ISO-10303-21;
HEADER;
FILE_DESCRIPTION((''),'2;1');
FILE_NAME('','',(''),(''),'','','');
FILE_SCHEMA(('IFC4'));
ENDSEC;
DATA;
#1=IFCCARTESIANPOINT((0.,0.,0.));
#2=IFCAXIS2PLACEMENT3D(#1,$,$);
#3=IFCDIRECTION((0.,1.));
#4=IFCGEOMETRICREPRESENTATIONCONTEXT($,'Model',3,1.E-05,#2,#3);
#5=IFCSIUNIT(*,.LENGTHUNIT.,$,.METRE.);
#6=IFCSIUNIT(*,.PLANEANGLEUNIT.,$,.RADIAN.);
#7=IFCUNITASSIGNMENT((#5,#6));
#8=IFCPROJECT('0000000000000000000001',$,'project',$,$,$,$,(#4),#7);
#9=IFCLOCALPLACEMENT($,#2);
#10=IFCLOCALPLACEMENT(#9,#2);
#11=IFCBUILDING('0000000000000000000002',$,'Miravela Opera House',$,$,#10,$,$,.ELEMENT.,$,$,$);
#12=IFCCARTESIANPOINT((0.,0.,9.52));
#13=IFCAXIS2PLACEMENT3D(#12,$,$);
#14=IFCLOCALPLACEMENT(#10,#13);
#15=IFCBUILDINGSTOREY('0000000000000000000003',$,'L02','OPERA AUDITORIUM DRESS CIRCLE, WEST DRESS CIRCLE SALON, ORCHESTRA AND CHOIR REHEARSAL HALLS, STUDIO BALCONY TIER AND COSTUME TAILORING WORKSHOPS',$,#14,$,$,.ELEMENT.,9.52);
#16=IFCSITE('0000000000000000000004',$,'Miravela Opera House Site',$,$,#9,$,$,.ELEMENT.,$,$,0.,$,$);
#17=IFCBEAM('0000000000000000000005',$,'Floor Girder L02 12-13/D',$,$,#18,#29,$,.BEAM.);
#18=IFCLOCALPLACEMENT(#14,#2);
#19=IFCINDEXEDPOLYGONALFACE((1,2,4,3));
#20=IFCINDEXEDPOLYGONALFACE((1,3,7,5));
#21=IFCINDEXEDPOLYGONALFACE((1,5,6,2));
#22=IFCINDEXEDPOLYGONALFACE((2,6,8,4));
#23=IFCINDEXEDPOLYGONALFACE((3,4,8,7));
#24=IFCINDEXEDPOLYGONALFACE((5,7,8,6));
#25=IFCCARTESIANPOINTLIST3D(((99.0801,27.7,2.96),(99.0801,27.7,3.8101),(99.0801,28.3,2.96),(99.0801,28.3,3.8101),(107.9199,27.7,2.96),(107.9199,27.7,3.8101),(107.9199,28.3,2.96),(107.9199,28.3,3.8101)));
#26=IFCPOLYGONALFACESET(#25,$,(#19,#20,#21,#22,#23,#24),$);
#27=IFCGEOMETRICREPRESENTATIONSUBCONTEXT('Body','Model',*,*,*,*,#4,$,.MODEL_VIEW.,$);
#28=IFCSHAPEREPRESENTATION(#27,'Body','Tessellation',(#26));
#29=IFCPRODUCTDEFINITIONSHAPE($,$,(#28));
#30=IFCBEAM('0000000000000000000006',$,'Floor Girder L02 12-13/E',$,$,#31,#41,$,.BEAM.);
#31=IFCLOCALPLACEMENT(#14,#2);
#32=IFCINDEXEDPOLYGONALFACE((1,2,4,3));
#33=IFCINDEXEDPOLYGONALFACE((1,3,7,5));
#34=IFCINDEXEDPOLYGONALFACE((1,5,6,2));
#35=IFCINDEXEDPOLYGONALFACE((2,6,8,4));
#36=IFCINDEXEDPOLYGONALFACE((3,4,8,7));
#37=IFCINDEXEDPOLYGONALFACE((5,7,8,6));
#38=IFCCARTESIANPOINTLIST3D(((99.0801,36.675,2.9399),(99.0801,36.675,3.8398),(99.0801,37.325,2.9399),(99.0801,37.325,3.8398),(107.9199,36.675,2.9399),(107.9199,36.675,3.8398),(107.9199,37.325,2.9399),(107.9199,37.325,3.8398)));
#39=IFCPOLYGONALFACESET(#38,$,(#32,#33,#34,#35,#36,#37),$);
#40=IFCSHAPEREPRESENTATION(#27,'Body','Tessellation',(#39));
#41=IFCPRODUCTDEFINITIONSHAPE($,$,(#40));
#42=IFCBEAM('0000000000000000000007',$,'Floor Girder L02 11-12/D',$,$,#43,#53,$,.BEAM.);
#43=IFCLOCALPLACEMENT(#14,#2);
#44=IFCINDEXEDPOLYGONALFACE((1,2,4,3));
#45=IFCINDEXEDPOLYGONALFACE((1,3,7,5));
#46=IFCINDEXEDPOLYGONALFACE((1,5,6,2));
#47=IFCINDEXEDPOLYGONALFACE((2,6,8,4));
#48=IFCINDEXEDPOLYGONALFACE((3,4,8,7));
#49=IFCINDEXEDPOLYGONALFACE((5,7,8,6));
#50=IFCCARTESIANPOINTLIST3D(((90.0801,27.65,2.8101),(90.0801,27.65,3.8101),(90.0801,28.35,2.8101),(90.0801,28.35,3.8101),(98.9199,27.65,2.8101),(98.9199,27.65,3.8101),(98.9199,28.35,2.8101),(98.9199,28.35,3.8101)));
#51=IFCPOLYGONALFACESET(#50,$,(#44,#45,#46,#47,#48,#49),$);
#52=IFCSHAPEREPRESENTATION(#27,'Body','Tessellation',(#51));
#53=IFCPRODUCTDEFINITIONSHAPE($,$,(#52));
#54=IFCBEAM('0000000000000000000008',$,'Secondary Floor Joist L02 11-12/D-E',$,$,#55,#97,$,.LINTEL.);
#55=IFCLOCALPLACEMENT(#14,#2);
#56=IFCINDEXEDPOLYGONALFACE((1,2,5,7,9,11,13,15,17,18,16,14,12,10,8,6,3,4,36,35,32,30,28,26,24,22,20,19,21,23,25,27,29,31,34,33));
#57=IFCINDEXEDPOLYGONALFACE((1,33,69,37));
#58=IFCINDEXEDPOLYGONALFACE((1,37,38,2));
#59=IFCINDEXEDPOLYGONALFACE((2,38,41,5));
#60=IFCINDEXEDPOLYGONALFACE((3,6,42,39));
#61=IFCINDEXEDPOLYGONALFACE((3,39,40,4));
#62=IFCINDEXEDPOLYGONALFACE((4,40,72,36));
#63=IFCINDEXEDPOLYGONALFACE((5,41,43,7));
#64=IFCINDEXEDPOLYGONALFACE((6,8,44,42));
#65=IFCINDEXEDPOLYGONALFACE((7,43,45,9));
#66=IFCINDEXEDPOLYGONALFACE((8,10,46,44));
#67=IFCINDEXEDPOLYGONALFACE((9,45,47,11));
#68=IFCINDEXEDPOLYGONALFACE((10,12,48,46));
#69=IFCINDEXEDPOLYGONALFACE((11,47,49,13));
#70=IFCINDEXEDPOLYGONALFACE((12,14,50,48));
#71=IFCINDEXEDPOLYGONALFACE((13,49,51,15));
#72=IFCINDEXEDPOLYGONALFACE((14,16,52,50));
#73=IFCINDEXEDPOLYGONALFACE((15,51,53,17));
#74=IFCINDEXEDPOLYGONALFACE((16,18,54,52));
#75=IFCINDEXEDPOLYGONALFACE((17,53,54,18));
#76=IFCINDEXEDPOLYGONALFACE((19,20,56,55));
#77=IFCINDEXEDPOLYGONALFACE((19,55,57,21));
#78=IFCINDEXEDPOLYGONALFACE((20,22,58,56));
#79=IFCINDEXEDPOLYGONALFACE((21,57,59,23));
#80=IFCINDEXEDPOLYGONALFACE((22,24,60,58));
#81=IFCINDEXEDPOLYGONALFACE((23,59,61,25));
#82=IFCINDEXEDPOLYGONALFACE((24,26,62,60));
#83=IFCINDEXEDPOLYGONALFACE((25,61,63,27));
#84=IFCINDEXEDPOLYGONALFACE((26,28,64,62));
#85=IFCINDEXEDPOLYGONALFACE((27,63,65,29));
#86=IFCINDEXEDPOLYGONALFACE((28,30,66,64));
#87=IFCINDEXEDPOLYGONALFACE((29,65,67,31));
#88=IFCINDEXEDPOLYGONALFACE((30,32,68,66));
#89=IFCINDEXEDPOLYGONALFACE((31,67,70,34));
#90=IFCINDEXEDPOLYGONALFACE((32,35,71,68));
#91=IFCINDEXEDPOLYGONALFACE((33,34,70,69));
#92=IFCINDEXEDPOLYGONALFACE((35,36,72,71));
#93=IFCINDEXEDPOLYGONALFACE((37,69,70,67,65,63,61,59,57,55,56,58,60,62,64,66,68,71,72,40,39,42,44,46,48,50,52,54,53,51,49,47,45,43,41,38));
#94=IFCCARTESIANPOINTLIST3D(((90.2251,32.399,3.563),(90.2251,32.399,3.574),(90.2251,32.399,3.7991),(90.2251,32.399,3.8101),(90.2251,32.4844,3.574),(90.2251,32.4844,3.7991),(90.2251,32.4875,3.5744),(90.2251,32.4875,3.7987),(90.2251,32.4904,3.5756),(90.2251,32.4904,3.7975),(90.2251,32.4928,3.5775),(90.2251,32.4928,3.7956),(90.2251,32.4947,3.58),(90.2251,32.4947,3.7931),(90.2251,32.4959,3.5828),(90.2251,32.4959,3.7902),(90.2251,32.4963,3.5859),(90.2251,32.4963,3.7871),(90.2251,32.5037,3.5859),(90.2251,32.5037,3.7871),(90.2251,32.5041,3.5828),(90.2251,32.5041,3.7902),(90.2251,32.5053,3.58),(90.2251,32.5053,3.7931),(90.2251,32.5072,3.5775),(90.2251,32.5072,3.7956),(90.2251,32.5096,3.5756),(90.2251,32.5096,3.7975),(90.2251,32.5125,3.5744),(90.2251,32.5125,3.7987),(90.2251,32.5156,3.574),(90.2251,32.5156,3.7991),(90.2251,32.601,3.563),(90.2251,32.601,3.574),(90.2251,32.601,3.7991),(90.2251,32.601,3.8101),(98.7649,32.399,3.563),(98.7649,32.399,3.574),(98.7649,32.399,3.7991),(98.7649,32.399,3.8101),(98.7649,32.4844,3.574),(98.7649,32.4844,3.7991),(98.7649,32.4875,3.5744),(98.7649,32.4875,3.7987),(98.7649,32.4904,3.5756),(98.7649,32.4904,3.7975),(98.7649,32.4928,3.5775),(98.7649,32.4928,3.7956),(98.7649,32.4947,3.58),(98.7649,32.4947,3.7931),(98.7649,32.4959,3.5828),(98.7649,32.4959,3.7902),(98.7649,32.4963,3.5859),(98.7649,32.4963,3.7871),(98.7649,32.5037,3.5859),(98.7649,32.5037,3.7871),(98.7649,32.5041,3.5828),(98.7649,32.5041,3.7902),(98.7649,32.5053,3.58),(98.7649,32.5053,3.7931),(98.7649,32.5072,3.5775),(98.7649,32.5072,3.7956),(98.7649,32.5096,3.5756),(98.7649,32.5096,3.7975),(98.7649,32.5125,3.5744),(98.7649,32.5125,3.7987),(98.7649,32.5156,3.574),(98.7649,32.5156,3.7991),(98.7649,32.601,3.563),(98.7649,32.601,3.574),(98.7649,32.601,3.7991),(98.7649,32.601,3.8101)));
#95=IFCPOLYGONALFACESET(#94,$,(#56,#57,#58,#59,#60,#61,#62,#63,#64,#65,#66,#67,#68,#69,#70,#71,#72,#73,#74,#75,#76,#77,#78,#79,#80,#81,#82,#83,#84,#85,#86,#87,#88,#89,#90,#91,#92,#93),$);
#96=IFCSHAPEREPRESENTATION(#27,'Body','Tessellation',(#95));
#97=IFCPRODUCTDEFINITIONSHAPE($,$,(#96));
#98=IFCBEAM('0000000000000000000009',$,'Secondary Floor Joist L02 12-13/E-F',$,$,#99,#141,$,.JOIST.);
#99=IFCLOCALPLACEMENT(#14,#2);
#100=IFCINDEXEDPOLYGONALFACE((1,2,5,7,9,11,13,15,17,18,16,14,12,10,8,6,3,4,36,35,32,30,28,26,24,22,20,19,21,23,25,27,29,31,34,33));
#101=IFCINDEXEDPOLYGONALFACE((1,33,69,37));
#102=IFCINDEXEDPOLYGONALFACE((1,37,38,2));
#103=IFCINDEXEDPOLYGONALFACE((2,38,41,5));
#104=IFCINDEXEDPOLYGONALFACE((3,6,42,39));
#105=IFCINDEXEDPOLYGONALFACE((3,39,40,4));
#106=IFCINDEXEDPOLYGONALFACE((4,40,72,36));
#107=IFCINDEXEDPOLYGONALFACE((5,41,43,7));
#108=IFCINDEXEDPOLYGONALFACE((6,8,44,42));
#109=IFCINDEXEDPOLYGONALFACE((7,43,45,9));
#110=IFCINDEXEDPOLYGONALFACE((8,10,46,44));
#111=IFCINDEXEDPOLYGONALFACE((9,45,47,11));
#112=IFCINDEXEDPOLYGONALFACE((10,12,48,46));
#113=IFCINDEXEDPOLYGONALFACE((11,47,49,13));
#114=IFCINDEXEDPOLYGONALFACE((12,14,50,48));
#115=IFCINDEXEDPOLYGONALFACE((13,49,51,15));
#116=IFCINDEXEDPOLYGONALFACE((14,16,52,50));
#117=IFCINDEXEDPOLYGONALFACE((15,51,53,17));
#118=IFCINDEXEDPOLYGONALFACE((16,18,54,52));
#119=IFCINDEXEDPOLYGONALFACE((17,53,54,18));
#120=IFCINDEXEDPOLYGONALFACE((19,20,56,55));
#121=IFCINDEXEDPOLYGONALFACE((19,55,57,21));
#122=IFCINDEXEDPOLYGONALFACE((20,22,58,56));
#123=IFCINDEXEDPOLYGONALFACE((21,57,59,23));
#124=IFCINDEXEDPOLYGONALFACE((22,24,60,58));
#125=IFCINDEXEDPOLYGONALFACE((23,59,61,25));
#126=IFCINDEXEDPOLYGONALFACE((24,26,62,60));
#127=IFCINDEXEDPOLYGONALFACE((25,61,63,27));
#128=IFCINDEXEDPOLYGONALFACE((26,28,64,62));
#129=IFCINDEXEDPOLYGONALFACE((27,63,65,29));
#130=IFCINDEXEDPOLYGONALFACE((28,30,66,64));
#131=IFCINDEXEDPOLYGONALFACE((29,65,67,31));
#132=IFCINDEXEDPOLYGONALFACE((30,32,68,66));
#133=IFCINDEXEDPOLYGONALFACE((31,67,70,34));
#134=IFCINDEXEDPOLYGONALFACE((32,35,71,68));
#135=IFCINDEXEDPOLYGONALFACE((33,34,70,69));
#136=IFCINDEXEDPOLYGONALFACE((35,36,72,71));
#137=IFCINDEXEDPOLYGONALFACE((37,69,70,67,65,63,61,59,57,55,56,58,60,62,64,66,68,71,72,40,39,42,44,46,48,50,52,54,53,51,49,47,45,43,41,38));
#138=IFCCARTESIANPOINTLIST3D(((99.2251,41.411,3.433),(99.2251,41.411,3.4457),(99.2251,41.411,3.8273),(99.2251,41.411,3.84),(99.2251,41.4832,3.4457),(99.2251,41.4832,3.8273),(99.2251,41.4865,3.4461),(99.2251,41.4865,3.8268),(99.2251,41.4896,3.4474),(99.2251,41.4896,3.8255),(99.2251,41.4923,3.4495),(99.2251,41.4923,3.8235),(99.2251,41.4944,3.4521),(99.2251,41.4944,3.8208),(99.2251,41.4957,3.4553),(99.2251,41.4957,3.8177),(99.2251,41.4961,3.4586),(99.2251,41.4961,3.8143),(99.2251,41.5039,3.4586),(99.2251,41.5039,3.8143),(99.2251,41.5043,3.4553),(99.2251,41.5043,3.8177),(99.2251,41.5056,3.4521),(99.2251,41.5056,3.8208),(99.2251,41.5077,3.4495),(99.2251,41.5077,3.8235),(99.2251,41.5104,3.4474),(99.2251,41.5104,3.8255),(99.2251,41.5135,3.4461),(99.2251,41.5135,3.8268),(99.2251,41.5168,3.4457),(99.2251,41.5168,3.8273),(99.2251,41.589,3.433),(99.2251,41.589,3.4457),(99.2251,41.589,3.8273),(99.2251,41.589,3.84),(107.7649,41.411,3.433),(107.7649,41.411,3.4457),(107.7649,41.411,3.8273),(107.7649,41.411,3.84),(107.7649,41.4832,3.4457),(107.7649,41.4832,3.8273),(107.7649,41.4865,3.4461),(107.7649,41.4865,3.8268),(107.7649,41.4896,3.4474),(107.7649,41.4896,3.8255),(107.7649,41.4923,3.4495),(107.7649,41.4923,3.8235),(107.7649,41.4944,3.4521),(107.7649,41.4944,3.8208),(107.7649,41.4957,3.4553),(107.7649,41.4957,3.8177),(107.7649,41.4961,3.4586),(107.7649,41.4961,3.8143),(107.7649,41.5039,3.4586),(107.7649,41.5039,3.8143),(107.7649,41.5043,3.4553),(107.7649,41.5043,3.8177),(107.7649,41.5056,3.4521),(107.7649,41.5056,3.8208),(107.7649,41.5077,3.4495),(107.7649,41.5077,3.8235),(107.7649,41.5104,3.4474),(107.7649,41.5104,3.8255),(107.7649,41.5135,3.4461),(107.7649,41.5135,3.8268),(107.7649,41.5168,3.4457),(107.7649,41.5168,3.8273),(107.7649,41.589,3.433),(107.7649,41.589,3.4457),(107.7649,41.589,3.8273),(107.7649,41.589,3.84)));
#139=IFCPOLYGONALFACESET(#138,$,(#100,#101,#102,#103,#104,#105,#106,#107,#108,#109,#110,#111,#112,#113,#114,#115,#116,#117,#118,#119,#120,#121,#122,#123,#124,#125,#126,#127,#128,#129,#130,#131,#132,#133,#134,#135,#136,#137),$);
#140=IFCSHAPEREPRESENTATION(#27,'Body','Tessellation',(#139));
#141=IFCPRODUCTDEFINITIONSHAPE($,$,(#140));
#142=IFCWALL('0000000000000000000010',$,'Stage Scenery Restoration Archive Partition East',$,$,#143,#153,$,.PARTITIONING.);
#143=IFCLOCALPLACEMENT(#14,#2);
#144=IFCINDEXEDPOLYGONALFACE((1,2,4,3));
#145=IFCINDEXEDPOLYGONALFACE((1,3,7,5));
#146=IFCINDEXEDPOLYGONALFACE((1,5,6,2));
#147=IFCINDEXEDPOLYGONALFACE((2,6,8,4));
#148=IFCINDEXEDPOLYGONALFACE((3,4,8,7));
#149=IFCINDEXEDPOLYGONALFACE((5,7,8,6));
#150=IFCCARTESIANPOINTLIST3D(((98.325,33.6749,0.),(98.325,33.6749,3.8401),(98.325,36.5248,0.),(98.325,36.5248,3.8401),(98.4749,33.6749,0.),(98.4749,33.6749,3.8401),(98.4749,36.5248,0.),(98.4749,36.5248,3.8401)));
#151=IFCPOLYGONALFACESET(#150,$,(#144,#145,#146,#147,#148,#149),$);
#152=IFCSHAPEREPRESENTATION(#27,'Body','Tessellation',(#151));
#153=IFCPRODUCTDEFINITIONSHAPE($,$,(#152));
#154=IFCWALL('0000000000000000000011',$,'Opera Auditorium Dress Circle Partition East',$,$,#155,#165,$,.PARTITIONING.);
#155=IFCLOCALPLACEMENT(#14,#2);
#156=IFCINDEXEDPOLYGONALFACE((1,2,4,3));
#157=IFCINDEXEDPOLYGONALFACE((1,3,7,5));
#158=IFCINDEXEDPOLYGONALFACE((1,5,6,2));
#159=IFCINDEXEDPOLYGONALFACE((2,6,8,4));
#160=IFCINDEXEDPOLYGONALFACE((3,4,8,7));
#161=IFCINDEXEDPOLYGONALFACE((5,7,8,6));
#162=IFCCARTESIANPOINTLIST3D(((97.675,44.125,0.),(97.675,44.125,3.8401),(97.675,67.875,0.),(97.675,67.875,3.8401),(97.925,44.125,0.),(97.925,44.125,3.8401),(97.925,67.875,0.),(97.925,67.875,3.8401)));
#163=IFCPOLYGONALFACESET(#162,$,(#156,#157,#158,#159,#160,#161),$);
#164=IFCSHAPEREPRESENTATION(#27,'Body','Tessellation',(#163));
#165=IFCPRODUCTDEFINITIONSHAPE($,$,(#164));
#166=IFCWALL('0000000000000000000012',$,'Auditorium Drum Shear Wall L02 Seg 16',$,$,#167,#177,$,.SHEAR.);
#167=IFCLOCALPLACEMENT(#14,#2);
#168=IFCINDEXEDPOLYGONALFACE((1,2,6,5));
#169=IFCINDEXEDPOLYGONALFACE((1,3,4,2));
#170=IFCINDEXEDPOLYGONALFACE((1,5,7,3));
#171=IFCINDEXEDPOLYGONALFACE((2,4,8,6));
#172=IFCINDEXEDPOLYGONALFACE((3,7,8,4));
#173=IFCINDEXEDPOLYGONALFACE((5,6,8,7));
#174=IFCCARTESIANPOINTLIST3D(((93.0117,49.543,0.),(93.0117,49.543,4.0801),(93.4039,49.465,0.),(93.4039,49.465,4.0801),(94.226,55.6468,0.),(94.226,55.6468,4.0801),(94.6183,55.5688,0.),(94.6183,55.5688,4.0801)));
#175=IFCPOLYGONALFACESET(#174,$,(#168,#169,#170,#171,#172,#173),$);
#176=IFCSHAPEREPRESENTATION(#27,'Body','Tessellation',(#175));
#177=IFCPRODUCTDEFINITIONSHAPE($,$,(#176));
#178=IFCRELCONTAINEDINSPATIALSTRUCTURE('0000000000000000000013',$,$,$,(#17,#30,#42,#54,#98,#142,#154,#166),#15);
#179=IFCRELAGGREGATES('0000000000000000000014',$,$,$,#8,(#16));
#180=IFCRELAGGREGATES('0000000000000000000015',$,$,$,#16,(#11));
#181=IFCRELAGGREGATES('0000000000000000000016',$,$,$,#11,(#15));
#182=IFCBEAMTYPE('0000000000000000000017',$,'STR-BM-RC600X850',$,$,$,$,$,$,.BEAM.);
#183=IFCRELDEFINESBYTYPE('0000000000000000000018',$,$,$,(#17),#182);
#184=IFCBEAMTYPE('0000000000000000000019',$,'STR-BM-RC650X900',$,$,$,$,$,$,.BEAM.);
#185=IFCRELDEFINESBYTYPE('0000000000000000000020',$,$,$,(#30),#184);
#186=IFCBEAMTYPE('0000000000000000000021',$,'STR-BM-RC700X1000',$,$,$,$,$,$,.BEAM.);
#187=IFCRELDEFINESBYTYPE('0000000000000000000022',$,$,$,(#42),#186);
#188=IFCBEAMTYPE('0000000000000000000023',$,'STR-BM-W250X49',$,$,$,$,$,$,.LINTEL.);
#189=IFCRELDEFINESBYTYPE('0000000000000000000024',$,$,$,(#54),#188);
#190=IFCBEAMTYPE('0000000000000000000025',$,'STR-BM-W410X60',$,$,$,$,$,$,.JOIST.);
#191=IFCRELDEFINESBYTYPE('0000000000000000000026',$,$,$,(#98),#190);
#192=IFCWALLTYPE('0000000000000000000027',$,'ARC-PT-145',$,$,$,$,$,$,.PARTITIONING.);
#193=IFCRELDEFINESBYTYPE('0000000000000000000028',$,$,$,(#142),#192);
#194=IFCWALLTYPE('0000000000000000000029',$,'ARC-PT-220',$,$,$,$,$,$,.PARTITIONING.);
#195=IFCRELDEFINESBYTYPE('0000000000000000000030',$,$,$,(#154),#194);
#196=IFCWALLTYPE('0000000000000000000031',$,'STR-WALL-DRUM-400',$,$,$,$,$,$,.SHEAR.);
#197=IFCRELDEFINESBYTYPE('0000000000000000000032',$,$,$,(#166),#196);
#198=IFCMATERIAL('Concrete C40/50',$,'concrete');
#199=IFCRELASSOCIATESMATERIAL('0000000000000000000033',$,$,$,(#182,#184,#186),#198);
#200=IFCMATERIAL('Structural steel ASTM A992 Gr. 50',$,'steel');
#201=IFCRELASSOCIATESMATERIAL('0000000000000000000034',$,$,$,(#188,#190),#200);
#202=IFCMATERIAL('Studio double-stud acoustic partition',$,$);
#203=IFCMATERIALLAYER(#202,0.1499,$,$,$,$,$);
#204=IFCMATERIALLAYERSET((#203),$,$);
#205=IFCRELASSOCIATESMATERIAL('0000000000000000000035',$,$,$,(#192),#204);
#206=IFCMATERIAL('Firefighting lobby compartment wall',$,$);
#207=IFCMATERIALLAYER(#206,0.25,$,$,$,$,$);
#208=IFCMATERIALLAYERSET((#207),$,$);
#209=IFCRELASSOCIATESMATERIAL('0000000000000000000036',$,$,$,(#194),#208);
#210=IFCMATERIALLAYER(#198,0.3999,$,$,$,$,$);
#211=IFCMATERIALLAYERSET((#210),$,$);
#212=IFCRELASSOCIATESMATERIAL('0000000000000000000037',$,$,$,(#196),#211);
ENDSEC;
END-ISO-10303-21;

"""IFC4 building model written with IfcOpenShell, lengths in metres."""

from ifc_helpers import new_model, si_unit, direction, frame, frame_2d, origin, origin_2d, place, context, subcontext, project, spatial, rectangle, i_section, extrude, material, layer, layer_set, material_profile, profile_set, type_object, element, save


model = new_model("IFC4")

# Units and contexts
model_context = context("Model", 3, precision=1e-05, world=origin(), true_north=direction((0.0, 1.0)))
body_context = subcontext(model_context, "Body", "Model", "MODEL_VIEW")
ifc_project = project(units=[si_unit("LENGTHUNIT", "METRE"), si_unit("PLANEANGLEUNIT", "RADIAN")], contexts=[model_context])

# Site, building, storey
site_placement = place(None, origin())
site = spatial("IfcSite", under=ifc_project, at=site_placement, Name="Miravela Opera House Site", CompositionType="ELEMENT", RefElevation=0.0)
building_placement = place(site_placement, origin())
building = spatial("IfcBuilding", under=site, at=building_placement, Name="Miravela Opera House", CompositionType="ELEMENT")
storey_placement = place(building_placement, frame((0.0, 0.0, 9.52)))
storey = spatial("IfcBuildingStorey", under=building, at=storey_placement, Name="L02", Description="OPERA AUDITORIUM DRESS CIRCLE, WEST DRESS CIRCLE SALON, ORCHESTRA AND CHOIR REHEARSAL HALLS, STUDIO BALCONY TIER AND COSTUME TAILORING WORKSHOPS", CompositionType="ELEMENT", Elevation=9.52)

# Shared definitions
ifc_material_1 = material(Name="Concrete C40/50", Category="concrete")

# Beams
ifc_material_profile_1 = material_profile(ifc_material_1, rectangle(XDim=0.6001, YDim=0.8501, at=origin_2d()), Name="RC-BM-600X850")
ifc_profile_set_1 = profile_set([ifc_material_profile_1])
beam_type_1 = type_object("IfcBeamType", Name="STR-BM-RC600X850", PredefinedType="BEAM", material=ifc_profile_set_1)
for number, where, z_axis, x_axis, name in (
    (1, (99.0801, 28.0, 3.385), (1.0, 0.0, 0.0), (0.0, 1.0, 0.0), "Floor Girder L02 12-13/D"),
):
    element("IfcBeam", number, at=place(storey_placement, frame(where, z_axis=z_axis, x_axis=x_axis)), inside=storey, type_object=beam_type_1, Name=name, PredefinedType="BEAM", context=body_context, shape_type="SweptSolid", body=[
        extrude(rectangle(XDim=0.6001, YDim=0.8501, at=origin_2d()), origin(), (0.0, 0.0, 1.0), 8.8398),
    ])
ifc_material_profile_2 = material_profile(ifc_material_1, rectangle(XDim=0.6499, YDim=0.8999, at=origin_2d()), Name="RC-BM-650X900")
ifc_profile_set_2 = profile_set([ifc_material_profile_2])
beam_type_2 = type_object("IfcBeamType", Name="STR-BM-RC650X900", PredefinedType="BEAM", material=ifc_profile_set_2)
beam_1_placement = place(storey_placement, frame((99.0801, 37.0, 3.3899), z_axis=(1.0, 0.0, 0.0), x_axis=(0.0, 1.0, 0.0)))
element("IfcBeam", 2, at=beam_1_placement, inside=storey, type_object=beam_type_2, Name="Floor Girder L02 12-13/E", PredefinedType="BEAM", context=body_context, shape_type="SweptSolid", body=[
    extrude(rectangle(XDim=0.6499, YDim=0.8999, at=origin_2d()), origin(), (0.0, 0.0, 1.0), 8.8398),
])
ifc_material_profile_3 = material_profile(ifc_material_1, rectangle(XDim=0.7, YDim=1.0, at=origin_2d()), Name="RC-BM-700X1000")
ifc_profile_set_3 = profile_set([ifc_material_profile_3])
beam_type_3 = type_object("IfcBeamType", Name="STR-BM-RC700X1000", PredefinedType="BEAM", material=ifc_profile_set_3)
beam_2_placement = place(storey_placement, frame((90.0801, 28.0, 3.3101), z_axis=(1.0, 0.0, 0.0), x_axis=(0.0, 1.0, 0.0)))
element("IfcBeam", 3, at=beam_2_placement, inside=storey, type_object=beam_type_3, Name="Floor Girder L02 11-12/D", PredefinedType="BEAM", context=body_context, shape_type="SweptSolid", body=[
    extrude(rectangle(XDim=0.7, YDim=1.0, at=origin_2d()), origin(), (0.0, 0.0, 1.0), 8.8398),
])
ifc_material_2 = material(Name="Structural steel ASTM A992 Gr. 50", Category="steel")
ifc_material_profile_4 = material_profile(ifc_material_2, i_section(OverallWidth=0.2019, OverallDepth=0.2471, WebThickness=0.0073, FlangeThickness=0.011, FilletRadius=0.012, at=origin_2d()), Name="W250X49")
ifc_profile_set_4 = profile_set([ifc_material_profile_4])
beam_type_4 = type_object("IfcBeamType", Name="STR-BM-W250X49", PredefinedType="LINTEL", material=ifc_profile_set_4)
beam_3_placement = place(storey_placement, frame((90.2251, 32.5, 3.6865), z_axis=(1.0, 0.0, 0.0), x_axis=(0.0, 1.0, 0.0)))
element("IfcBeam", 4, at=beam_3_placement, inside=storey, type_object=beam_type_4, Name="Secondary Floor Joist L02 11-12/D-E", PredefinedType="LINTEL", context=body_context, shape_type="SweptSolid", body=[
    extrude(i_section(OverallWidth=0.2019, OverallDepth=0.2471, WebThickness=0.0073, FlangeThickness=0.011, FilletRadius=0.012, at=origin_2d()), origin(), (0.0, 0.0, 1.0), 8.5398),
])
ifc_material_profile_5 = material_profile(ifc_material_2, i_section(OverallWidth=0.178, OverallDepth=0.407, WebThickness=0.0078, FlangeThickness=0.0127, FilletRadius=0.0129, at=origin_2d()), Name="W410X60")
ifc_profile_set_5 = profile_set([ifc_material_profile_5])
beam_type_5 = type_object("IfcBeamType", Name="STR-BM-W410X60", PredefinedType="JOIST", material=ifc_profile_set_5)
beam_4_placement = place(storey_placement, frame((99.2251, 41.5, 3.6365), z_axis=(1.0, 0.0, 0.0), x_axis=(0.0, 1.0, 0.0)))
element("IfcBeam", 5, at=beam_4_placement, inside=storey, type_object=beam_type_5, Name="Secondary Floor Joist L02 12-13/E-F", PredefinedType="JOIST", context=body_context, shape_type="SweptSolid", body=[
    extrude(i_section(OverallWidth=0.178, OverallDepth=0.407, WebThickness=0.0078, FlangeThickness=0.0127, FilletRadius=0.0129, at=origin_2d()), origin(), (0.0, 0.0, 1.0), 8.5398),
])

# Walls
ifc_material_3 = material(Name="Studio double-stud acoustic partition")
ifc_layer_1 = layer(ifc_material_3, 0.1499)
ifc_layer_set_1 = layer_set([ifc_layer_1])
wall_type_1 = type_object("IfcWallType", Name="ARC-PT-145", PredefinedType="PARTITIONING", material=ifc_layer_set_1)
wall_1_placement = place(storey_placement, frame((98.3999, 33.675, 0.0), z_axis=(0.0, 0.0, 1.0), x_axis=(0.0, 1.0, 0.0)))
element("IfcWall", 6, at=wall_1_placement, inside=storey, type_object=wall_type_1, Name="Stage Scenery Restoration Archive Partition East", PredefinedType="PARTITIONING", context=body_context, shape_type="SweptSolid", body=[
    extrude(rectangle(XDim=2.8499, YDim=0.1499, at=frame_2d((1.4248, 0.0))), origin(), (0.0, 0.0, 1.0), 3.8401),
])
ifc_material_4 = material(Name="Firefighting lobby compartment wall")
ifc_layer_2 = layer(ifc_material_4, 0.25)
ifc_layer_set_2 = layer_set([ifc_layer_2])
wall_type_2 = type_object("IfcWallType", Name="ARC-PT-220", PredefinedType="PARTITIONING", material=ifc_layer_set_2)
wall_2_placement = place(storey_placement, frame((97.8, 44.125, 0.0), z_axis=(0.0, 0.0, 1.0), x_axis=(0.0, 1.0, 0.0)))
element("IfcWall", 7, at=wall_2_placement, inside=storey, type_object=wall_type_2, Name="Opera Auditorium Dress Circle Partition East", PredefinedType="PARTITIONING", context=body_context, shape_type="SweptSolid", body=[
    extrude(rectangle(XDim=23.75, YDim=0.25, at=frame_2d((11.875, 0.0))), origin(), (0.0, 0.0, 1.0), 3.8401),
])
ifc_layer_3 = layer(ifc_material_1, 0.3999)
ifc_layer_set_3 = layer_set([ifc_layer_3])
wall_type_3 = type_object("IfcWallType", Name="STR-WALL-DRUM-400", PredefinedType="SHEAR", material=ifc_layer_set_3)
wall_3_placement = place(storey_placement, frame((93.2078, 49.5039, 0.0), z_axis=(0.0, 0.0, 1.0), x_axis=(0.195128, 0.980778, 0.0)))
element("IfcWall", 8, at=wall_3_placement, inside=storey, type_object=wall_type_3, Name="Auditorium Drum Shear Wall L02 Seg 16", PredefinedType="SHEAR", context=body_context, shape_type="SweptSolid", body=[
    extrude(rectangle(XDim=6.2234, YDim=0.3999, at=frame_2d((3.1118, 0.0))), origin(), (0.0, 0.0, 1.0), 4.0801),
])

save(model, "model.ifc")
